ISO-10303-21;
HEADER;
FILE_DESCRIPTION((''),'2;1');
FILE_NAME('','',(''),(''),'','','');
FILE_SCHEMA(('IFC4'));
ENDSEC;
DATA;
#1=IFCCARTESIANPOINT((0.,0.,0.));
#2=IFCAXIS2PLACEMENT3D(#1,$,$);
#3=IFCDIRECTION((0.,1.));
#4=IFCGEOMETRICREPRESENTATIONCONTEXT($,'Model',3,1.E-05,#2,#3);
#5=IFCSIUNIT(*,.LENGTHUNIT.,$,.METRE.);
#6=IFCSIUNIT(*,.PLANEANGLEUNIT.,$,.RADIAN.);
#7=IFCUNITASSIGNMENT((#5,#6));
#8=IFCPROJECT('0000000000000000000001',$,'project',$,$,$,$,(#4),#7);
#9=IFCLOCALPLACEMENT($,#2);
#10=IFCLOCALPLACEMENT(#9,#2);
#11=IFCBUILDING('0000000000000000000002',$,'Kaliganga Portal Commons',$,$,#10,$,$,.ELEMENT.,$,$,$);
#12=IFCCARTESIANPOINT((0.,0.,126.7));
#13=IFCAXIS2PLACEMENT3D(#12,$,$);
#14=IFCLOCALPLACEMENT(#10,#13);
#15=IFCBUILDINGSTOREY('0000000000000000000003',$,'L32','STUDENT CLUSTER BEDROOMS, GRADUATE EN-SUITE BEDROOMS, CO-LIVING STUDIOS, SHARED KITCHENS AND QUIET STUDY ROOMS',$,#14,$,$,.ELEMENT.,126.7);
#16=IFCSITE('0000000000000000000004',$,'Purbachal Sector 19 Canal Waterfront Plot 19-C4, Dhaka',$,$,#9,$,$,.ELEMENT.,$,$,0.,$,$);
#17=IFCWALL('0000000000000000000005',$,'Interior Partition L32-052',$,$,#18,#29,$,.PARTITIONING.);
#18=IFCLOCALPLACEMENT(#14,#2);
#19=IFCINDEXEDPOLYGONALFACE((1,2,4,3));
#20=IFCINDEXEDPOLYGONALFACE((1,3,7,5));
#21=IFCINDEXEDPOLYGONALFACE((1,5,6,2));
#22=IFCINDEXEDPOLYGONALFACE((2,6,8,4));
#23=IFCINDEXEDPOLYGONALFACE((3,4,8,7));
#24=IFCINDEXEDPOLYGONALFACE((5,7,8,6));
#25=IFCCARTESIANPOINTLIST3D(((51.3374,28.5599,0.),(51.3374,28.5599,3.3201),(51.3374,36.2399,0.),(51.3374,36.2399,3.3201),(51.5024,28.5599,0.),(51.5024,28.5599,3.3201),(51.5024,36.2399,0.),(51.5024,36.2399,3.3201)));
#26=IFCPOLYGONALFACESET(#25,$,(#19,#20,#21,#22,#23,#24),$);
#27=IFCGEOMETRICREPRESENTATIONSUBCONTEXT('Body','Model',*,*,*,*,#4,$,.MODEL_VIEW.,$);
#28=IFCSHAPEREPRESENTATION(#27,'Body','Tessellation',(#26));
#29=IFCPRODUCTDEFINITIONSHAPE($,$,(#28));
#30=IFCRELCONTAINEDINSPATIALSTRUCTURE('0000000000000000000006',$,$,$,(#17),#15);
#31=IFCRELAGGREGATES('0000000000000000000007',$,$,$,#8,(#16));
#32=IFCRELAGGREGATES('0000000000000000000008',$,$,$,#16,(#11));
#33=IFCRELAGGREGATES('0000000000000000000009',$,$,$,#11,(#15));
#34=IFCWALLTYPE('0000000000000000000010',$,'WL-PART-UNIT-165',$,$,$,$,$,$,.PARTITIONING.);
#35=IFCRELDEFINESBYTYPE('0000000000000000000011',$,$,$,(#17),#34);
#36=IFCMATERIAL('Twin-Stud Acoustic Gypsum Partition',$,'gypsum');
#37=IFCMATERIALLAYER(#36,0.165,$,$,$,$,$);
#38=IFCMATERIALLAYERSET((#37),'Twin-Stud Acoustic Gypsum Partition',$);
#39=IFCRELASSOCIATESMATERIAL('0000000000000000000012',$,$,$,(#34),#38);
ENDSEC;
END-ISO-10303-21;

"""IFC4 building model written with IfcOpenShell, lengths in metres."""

from ifc_helpers import new_model, si_unit, direction, frame, frame_2d, origin, place, context, subcontext, project, spatial, rectangle, extrude, material, layer, layer_set, type_object, element, save


model = new_model("IFC4")

# Units and contexts
model_context = context("Model", 3, precision=1e-05, world=origin(), true_north=direction((0.0, 1.0)))
body_context = subcontext(model_context, "Body", "Model", "MODEL_VIEW")
ifc_project = project(units=[si_unit("LENGTHUNIT", "METRE"), si_unit("PLANEANGLEUNIT", "RADIAN")], contexts=[model_context])

# Site, building, storey
site_placement = place(None, origin())
site = spatial("IfcSite", under=ifc_project, at=site_placement, Name="Purbachal Sector 19 Canal Waterfront Plot 19-C4, Dhaka", CompositionType="ELEMENT", RefElevation=0.0)
building_placement = place(site_placement, origin())
building = spatial("IfcBuilding", under=site, at=building_placement, Name="Kaliganga Portal Commons", CompositionType="ELEMENT")
storey_placement = place(building_placement, frame((0.0, 0.0, 126.7)))
storey = spatial("IfcBuildingStorey", under=building, at=storey_placement, Name="L32", Description="STUDENT CLUSTER BEDROOMS, GRADUATE EN-SUITE BEDROOMS, CO-LIVING STUDIOS, SHARED KITCHENS AND QUIET STUDY ROOMS", CompositionType="ELEMENT", Elevation=126.7)

# Wall
ifc_material_1 = material(Name="Twin-Stud Acoustic Gypsum Partition", Category="gypsum")
ifc_layer_1 = layer(ifc_material_1, 0.165)
ifc_layer_set_1 = layer_set([ifc_layer_1], Name="Twin-Stud Acoustic Gypsum Partition")
wall_type_1 = type_object("IfcWallType", Name="WL-PART-UNIT-165", PredefinedType="PARTITIONING", material=ifc_layer_set_1)
wall_1_placement = place(storey_placement, frame((51.4199, 28.5601, 0.0), z_axis=(0.0, 0.0, 1.0), x_axis=(0.0, 1.0, 0.0)))
element("IfcWall", 1, at=wall_1_placement, inside=storey, type_object=wall_type_1, Name="Interior Partition L32-052", PredefinedType="PARTITIONING", context=body_context, shape_type="SweptSolid", body=[
    extrude(rectangle(XDim=7.6799, YDim=0.165, at=frame_2d((3.8398, 0.0))), origin(), (0.0, 0.0, 1.0), 3.3201),
])

save(model, "model.ifc")
